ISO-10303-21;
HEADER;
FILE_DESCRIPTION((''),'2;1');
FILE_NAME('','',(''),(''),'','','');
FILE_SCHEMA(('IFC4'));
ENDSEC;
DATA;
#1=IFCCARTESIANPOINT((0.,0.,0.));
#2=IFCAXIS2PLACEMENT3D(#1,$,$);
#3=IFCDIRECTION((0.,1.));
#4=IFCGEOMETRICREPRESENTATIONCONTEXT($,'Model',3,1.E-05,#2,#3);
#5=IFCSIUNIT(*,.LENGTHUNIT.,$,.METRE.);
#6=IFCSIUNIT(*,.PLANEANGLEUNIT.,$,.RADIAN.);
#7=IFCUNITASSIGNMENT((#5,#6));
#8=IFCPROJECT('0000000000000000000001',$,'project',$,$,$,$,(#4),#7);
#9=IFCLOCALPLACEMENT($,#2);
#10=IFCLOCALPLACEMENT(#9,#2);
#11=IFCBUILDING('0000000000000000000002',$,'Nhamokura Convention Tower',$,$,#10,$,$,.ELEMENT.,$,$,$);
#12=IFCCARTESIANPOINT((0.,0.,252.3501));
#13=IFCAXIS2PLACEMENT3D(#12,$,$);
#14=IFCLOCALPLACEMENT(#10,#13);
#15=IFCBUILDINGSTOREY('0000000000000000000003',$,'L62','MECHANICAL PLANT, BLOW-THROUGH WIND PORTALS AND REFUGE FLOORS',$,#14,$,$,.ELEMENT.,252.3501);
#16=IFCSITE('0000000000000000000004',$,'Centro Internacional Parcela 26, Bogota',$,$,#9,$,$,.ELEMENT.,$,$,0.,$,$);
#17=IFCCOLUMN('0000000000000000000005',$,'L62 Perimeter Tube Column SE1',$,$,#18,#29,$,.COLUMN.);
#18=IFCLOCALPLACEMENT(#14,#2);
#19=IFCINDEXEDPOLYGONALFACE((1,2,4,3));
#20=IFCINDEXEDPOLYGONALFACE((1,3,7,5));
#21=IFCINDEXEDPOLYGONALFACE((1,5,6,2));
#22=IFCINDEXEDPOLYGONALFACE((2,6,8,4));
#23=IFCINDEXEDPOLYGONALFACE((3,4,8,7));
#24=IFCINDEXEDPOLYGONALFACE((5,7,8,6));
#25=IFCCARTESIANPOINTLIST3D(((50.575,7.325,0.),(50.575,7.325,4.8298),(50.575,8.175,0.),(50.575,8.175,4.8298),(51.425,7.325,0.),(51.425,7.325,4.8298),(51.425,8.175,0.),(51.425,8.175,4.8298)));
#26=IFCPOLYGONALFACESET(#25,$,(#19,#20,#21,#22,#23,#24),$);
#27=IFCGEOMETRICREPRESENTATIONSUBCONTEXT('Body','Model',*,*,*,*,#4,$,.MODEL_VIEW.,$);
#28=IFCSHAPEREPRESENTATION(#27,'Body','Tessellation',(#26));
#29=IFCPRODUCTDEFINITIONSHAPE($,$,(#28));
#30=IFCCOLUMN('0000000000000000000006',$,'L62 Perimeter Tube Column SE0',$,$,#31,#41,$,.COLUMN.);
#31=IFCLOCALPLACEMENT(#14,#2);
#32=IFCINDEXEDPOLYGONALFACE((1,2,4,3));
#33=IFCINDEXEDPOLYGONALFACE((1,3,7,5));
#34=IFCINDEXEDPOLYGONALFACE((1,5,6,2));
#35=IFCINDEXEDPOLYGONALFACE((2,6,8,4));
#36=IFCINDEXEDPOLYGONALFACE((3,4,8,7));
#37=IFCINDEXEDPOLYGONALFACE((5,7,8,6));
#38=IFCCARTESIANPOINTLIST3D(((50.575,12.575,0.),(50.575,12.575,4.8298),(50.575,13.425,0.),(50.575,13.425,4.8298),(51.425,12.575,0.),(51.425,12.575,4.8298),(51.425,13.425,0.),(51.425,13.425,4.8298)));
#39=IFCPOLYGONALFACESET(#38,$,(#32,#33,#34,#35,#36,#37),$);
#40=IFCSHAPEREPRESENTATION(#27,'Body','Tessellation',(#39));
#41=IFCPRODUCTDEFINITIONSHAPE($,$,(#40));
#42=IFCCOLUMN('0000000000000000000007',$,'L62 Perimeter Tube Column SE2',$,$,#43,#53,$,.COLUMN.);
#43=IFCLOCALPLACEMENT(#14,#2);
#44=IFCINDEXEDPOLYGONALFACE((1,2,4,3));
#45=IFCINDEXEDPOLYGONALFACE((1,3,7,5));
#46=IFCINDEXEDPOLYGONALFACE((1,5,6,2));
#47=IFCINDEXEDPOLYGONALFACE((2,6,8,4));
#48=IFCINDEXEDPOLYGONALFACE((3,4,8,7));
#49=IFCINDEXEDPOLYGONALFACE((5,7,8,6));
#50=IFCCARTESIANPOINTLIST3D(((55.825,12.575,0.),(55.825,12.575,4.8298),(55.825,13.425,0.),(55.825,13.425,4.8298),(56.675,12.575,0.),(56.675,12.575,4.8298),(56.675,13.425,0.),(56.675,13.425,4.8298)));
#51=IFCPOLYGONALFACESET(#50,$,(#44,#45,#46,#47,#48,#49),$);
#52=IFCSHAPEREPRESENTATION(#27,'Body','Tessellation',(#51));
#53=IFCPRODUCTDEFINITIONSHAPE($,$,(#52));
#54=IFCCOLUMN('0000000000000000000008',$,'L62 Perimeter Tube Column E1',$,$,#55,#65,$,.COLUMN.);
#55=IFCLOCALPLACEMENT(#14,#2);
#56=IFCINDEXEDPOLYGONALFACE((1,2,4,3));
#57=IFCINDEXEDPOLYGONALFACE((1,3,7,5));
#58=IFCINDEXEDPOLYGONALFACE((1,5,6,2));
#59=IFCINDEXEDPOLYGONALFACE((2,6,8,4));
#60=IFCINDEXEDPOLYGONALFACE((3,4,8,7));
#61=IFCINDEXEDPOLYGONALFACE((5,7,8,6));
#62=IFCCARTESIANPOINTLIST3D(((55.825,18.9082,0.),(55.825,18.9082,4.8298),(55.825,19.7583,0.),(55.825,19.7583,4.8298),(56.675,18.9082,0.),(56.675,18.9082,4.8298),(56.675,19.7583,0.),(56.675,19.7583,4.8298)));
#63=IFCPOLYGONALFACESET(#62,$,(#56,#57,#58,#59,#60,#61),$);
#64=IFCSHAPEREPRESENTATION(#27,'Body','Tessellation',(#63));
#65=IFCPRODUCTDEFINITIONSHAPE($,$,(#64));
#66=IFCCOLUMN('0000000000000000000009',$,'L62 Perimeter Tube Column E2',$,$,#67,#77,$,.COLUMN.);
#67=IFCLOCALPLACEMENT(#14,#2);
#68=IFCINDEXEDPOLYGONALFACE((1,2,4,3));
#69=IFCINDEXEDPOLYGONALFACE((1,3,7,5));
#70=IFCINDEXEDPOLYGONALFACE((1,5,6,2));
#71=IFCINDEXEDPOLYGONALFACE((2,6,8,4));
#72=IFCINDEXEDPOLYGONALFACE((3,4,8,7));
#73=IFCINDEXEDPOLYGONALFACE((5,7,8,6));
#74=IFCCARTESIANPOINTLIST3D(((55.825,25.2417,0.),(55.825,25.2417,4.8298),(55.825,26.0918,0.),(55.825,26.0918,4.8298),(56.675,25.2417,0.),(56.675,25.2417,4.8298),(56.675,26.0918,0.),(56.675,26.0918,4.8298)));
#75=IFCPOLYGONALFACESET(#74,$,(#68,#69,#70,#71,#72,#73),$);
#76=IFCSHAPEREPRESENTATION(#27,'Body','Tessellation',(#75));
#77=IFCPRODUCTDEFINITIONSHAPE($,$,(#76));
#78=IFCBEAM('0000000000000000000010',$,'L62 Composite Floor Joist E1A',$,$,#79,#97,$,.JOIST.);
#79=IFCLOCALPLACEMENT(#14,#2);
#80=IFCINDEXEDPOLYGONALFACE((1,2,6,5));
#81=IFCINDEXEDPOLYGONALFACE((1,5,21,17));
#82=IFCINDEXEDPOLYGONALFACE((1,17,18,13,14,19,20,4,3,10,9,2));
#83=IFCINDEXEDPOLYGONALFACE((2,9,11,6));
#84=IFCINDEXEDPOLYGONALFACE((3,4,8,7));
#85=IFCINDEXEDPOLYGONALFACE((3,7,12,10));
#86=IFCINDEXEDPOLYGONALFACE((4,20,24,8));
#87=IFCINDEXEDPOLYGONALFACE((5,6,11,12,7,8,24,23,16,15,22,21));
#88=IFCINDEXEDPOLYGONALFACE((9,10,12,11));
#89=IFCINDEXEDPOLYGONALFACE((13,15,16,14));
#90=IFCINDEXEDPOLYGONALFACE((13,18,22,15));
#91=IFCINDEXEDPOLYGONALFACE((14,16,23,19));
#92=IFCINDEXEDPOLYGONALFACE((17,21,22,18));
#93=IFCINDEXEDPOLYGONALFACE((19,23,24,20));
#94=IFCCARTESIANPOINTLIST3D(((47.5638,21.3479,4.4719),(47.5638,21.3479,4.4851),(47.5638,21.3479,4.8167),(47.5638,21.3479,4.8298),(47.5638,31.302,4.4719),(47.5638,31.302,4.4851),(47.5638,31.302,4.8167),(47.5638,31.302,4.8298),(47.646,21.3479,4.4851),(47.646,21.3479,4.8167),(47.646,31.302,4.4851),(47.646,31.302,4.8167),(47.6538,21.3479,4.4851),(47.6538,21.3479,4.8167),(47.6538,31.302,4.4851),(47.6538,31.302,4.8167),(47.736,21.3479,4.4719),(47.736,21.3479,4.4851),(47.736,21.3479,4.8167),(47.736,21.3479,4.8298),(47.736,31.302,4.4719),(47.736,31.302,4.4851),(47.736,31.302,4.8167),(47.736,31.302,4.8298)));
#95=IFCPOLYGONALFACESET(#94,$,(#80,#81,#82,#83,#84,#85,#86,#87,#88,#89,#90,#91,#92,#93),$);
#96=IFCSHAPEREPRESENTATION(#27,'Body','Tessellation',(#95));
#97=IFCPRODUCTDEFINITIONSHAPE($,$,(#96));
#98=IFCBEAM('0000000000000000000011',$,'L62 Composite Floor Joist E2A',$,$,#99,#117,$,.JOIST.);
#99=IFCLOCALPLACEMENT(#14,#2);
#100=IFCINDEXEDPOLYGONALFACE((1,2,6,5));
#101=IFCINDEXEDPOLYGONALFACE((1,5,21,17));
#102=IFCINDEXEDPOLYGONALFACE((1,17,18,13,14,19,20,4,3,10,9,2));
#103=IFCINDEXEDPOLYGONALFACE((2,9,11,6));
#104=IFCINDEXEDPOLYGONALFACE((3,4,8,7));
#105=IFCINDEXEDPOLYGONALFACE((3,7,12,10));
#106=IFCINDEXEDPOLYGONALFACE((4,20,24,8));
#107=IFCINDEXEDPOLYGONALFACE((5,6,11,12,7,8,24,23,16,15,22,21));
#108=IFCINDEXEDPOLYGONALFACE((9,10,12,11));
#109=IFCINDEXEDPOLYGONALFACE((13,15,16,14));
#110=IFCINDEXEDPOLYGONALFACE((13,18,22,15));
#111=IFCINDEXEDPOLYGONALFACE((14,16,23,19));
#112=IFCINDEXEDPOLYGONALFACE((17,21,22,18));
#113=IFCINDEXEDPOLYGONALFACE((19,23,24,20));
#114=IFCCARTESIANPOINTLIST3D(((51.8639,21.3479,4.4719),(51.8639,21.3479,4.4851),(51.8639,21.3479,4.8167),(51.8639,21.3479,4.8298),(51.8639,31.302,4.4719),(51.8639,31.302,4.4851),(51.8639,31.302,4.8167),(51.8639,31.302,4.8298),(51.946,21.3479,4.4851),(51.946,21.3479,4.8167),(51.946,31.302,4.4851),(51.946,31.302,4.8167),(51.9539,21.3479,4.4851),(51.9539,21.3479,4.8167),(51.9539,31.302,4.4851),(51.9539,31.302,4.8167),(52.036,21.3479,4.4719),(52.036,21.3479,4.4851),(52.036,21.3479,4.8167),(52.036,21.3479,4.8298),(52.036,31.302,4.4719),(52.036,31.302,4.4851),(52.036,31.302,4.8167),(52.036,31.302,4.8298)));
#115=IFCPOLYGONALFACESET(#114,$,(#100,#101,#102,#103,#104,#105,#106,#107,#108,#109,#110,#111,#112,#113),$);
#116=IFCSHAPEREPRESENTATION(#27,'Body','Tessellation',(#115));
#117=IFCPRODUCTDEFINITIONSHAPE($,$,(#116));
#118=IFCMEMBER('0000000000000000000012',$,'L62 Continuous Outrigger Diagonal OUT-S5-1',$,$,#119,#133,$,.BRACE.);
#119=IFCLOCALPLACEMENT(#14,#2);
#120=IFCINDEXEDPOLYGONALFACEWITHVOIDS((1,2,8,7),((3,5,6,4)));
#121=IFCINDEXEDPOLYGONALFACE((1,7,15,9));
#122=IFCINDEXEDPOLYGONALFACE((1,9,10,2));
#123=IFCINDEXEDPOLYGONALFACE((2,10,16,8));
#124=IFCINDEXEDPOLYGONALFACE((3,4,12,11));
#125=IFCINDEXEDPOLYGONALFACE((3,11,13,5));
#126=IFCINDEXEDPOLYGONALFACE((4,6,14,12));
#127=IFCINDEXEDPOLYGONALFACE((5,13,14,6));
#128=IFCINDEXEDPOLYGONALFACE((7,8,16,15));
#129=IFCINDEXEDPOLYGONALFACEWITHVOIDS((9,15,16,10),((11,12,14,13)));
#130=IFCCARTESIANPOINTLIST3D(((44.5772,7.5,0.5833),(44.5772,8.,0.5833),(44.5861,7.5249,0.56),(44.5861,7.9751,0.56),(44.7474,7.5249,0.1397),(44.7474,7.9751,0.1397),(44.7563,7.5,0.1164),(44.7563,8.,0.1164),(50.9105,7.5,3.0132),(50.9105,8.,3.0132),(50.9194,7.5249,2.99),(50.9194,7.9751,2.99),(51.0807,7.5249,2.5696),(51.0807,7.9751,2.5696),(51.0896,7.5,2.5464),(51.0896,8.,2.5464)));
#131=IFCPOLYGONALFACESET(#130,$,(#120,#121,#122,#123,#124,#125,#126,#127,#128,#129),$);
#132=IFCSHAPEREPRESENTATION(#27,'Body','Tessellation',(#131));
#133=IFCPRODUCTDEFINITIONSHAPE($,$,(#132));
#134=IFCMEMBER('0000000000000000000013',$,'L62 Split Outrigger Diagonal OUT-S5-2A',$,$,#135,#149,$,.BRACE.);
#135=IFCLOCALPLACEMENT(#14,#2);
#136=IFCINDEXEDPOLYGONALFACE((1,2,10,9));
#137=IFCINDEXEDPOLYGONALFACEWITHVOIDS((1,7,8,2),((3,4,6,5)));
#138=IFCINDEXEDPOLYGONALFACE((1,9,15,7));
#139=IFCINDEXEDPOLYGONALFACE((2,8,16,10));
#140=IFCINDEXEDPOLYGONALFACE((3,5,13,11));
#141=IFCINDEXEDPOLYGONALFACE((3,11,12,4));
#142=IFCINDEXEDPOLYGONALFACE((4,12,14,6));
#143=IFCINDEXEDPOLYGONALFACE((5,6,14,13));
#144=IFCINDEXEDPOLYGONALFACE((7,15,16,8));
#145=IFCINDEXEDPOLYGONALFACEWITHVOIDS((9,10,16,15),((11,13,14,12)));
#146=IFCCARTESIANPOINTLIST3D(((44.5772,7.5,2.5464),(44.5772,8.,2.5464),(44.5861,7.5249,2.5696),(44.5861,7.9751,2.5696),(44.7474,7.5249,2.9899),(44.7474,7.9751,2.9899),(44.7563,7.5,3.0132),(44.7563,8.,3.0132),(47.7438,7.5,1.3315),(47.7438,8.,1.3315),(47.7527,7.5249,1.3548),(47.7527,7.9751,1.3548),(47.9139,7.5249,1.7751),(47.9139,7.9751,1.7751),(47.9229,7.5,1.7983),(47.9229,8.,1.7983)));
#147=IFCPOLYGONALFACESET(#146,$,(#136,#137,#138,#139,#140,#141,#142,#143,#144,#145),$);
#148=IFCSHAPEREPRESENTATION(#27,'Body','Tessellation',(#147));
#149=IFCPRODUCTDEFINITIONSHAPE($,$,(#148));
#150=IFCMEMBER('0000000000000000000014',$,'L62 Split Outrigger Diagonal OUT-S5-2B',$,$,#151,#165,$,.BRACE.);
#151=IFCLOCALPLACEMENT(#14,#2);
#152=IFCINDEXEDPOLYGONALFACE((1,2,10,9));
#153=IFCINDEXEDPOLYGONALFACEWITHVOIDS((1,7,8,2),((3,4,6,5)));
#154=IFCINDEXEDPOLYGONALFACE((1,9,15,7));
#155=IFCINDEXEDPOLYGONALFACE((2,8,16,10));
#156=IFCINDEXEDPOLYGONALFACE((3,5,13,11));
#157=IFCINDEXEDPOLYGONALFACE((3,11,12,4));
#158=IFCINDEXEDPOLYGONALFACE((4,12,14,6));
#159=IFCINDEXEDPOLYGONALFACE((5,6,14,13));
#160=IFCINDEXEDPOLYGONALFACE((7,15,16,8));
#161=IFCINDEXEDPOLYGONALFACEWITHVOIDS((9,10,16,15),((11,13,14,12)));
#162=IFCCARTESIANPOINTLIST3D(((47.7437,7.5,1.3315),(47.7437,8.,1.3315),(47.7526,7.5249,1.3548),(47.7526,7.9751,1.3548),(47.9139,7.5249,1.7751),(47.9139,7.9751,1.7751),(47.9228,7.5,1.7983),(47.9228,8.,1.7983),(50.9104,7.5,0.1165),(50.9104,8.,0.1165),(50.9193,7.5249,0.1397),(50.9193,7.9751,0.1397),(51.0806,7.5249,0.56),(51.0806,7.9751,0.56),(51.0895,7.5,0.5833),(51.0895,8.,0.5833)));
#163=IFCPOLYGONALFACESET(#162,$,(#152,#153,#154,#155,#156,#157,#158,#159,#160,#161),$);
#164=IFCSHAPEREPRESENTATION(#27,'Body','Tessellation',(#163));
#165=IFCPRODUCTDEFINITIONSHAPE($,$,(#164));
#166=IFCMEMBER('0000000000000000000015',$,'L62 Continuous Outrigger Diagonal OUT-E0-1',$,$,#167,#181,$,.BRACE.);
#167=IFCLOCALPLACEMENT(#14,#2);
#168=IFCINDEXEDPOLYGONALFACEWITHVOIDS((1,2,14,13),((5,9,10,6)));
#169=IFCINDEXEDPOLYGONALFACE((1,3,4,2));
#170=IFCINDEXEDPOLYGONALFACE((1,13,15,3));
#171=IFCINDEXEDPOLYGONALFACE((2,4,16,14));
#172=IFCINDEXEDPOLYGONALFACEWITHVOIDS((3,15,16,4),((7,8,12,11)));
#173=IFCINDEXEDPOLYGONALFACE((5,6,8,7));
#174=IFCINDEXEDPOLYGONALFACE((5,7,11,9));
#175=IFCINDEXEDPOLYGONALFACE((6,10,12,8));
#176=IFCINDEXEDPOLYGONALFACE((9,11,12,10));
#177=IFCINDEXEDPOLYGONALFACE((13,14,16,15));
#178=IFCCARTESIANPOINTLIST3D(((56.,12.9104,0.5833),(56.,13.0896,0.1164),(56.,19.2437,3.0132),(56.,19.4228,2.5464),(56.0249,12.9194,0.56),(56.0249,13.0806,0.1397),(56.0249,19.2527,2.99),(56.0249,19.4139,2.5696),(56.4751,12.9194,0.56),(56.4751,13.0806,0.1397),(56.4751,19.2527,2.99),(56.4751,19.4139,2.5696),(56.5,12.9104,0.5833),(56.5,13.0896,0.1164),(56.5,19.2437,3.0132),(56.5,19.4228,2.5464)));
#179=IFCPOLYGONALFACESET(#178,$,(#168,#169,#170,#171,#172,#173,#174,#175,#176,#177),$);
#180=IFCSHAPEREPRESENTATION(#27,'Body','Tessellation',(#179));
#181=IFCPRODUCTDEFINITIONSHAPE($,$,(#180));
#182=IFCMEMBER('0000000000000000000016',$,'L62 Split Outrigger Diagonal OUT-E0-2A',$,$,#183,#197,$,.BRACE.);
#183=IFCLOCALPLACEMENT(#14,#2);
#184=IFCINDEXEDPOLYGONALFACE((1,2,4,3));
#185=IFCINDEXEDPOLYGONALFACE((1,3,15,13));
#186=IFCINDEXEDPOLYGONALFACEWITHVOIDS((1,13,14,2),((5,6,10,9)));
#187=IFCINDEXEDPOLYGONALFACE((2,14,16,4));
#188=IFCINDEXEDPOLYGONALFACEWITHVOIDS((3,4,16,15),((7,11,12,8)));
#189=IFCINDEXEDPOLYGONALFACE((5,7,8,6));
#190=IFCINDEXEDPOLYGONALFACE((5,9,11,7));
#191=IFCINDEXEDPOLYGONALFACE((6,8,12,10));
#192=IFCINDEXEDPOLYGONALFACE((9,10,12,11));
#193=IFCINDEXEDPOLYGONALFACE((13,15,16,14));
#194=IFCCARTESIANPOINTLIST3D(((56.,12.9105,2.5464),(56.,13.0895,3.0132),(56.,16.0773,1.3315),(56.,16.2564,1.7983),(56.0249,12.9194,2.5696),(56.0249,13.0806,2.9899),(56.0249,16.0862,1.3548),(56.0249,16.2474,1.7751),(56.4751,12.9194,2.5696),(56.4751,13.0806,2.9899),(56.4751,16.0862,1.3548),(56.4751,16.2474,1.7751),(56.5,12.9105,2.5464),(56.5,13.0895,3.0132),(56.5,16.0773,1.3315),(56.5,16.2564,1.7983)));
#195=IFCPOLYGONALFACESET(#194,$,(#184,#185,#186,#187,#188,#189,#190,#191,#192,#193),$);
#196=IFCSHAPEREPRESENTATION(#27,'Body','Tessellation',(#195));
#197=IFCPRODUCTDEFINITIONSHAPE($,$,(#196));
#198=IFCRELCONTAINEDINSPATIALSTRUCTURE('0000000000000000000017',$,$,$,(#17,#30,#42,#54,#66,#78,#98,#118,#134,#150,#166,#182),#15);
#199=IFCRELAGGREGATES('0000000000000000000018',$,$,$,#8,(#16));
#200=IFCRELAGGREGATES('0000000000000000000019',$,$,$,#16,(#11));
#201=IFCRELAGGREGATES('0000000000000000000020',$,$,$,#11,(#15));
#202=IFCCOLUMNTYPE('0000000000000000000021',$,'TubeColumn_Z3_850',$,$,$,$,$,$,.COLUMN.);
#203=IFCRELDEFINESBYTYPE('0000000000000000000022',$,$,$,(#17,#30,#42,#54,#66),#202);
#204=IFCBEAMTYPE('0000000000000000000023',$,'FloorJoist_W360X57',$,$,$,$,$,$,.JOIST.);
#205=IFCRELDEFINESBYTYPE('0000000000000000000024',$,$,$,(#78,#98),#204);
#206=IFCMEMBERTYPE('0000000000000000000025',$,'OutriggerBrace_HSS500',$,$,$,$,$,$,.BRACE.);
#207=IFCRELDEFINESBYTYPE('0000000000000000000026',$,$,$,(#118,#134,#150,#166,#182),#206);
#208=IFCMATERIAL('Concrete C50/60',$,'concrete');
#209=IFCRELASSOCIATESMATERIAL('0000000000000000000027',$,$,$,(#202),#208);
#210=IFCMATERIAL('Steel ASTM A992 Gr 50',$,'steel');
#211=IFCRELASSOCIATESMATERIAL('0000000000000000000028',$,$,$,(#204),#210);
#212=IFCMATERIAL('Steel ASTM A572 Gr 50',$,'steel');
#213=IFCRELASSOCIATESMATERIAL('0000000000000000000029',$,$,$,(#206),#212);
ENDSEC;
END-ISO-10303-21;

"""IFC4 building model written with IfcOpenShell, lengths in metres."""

from ifc_helpers import new_model, si_unit, direction, frame, origin, origin_2d, place, context, subcontext, project, spatial, rectangle, hollow_rectangle, i_section, extrude, material, material_profile, profile_set, type_object, element, save


model = new_model("IFC4")

# Units and contexts
model_context = context("Model", 3, precision=1e-05, world=origin(), true_north=direction((0.0, 1.0)))
body_context = subcontext(model_context, "Body", "Model", "MODEL_VIEW")
ifc_project = project(units=[si_unit("LENGTHUNIT", "METRE"), si_unit("PLANEANGLEUNIT", "RADIAN")], contexts=[model_context])

# Site, building, storey
site_placement = place(None, origin())
site = spatial("IfcSite", under=ifc_project, at=site_placement, Name="Centro Internacional Parcela 26, Bogota", CompositionType="ELEMENT", RefElevation=0.0)
building_placement = place(site_placement, origin())
building = spatial("IfcBuilding", under=site, at=building_placement, Name="Nhamokura Convention Tower", CompositionType="ELEMENT")
storey_placement = place(building_placement, frame((0.0, 0.0, 252.3501)))
storey = spatial("IfcBuildingStorey", under=building, at=storey_placement, Name="L62", Description="MECHANICAL PLANT, BLOW-THROUGH WIND PORTALS AND REFUGE FLOORS", CompositionType="ELEMENT", Elevation=252.3501)

# Columns
ifc_material_1 = material(Name="Concrete C50/60", Category="concrete")
ifc_material_profile_1 = material_profile(ifc_material_1, rectangle(XDim=0.8501, YDim=0.8501, at=origin_2d()))
ifc_profile_set_1 = profile_set([ifc_material_profile_1], Name="Concrete C50/60")
column_type = type_object("IfcColumnType", Name="TubeColumn_Z3_850", PredefinedType="COLUMN", material=ifc_profile_set_1)
for number, where, z_axis, x_axis, name in (
    (1, (51.0, 7.75, 0.0), (0.0, 0.0, 1.0), (1.0, 0.0, 0.0), "L62 Perimeter Tube Column SE1"),
    (2, (51.0, 13.0, 0.0), (0.0, 0.0, 1.0), (1.0, 0.0, 0.0), "L62 Perimeter Tube Column SE0"),
    (3, (56.25, 13.0, 0.0), (0.0, 0.0, 1.0), (1.0, 0.0, 0.0), "L62 Perimeter Tube Column SE2"),
    (4, (56.25, 19.3333, 0.0), (0.0, 0.0, 1.0), (1.0, 0.0, 0.0), "L62 Perimeter Tube Column E1"),
    (5, (56.25, 25.6667, 0.0), (0.0, 0.0, 1.0), (1.0, 0.0, 0.0), "L62 Perimeter Tube Column E2"),
):
    element("IfcColumn", number, at=place(storey_placement, frame(where, z_axis=z_axis, x_axis=x_axis)), inside=storey, type_object=column_type, Name=name, PredefinedType="COLUMN", context=body_context, shape_type="SweptSolid", body=[
        extrude(rectangle(XDim=0.8501, YDim=0.8501, at=origin_2d()), origin(), (0.0, 0.0, 1.0), 4.8298),
    ])

# Beams
ifc_material_2 = material(Name="Steel ASTM A992 Gr 50", Category="steel")
ifc_material_profile_2 = material_profile(ifc_material_2, i_section(OverallWidth=0.1721, OverallDepth=0.3579, WebThickness=0.0078, FlangeThickness=0.0132, at=origin_2d()))
ifc_profile_set_2 = profile_set([ifc_material_profile_2], Name="Steel ASTM A992 Gr 50")
beam_type_1 = type_object("IfcBeamType", Name="FloorJoist_W360X57", PredefinedType="JOIST", material=ifc_profile_set_2)
for number, where, z_axis, x_axis, name in (
    (6, (47.6499, 21.3479, 4.6509), (0.0, 1.0, 0.0), (-1.0, 0.0, 0.0), "L62 Composite Floor Joist E1A"),
    (7, (51.95, 21.3479, 4.6509), (0.0, 1.0, 0.0), (-1.0, 0.0, 0.0), "L62 Composite Floor Joist E2A"),
):
    element("IfcBeam", number, at=place(storey_placement, frame(where, z_axis=z_axis, x_axis=x_axis)), inside=storey, type_object=beam_type_1, Name=name, PredefinedType="JOIST", context=body_context, shape_type="SweptSolid", body=[
        extrude(i_section(OverallWidth=0.1721, OverallDepth=0.3579, WebThickness=0.0078, FlangeThickness=0.0132, at=origin_2d()), origin(), (0.0, 0.0, 1.0), 9.9541),
    ])

# Members
ifc_material_3 = material(Name="Steel ASTM A572 Gr 50", Category="steel")
ifc_material_profile_3 = material_profile(ifc_material_3, hollow_rectangle(XDim=0.5, YDim=0.5, WallThickness=0.0249, at=origin_2d()))
ifc_profile_set_3 = profile_set([ifc_material_profile_3], Name="Steel ASTM A572 Gr 50")
member_type = type_object("IfcMemberType", Name="OutriggerBrace_HSS500", PredefinedType="BRACE", material=ifc_profile_set_3)
member_1_placement = place(storey_placement, frame((44.6667, 7.75, 0.3499), z_axis=(0.933638, 0.0, 0.358217), x_axis=(0.0, 1.0, 0.0)))
element("IfcMember", 8, at=member_1_placement, inside=storey, type_object=member_type, Name="L62 Continuous Outrigger Diagonal OUT-S5-1", PredefinedType="BRACE", context=body_context, shape_type="SweptSolid", body=[
    extrude(hollow_rectangle(XDim=0.5, YDim=0.5, WallThickness=0.0249, at=origin_2d()), origin(), (0.0, 0.0, 1.0), 6.7834),
])
member_2_placement = place(storey_placement, frame((44.6667, 7.75, 2.7798), z_axis=(0.933646, 0.0, -0.358198), x_axis=(0.0, 1.0, 0.0)))
element("IfcMember", 9, at=member_2_placement, inside=storey, type_object=member_type, Name="L62 Split Outrigger Diagonal OUT-S5-2A", PredefinedType="BRACE", context=body_context, shape_type="SweptSolid", body=[
    extrude(hollow_rectangle(XDim=0.5, YDim=0.5, WallThickness=0.0249, at=origin_2d()), origin(), (0.0, 0.0, 1.0), 3.3916),
])
member_3_placement = place(storey_placement, frame((47.8333, 7.75, 1.5649), z_axis=(0.933631, 0.0, -0.358236), x_axis=(0.0, 1.0, 0.0)))
element("IfcMember", 10, at=member_3_placement, inside=storey, type_object=member_type, Name="L62 Split Outrigger Diagonal OUT-S5-2B", PredefinedType="BRACE", context=body_context, shape_type="SweptSolid", body=[
    extrude(hollow_rectangle(XDim=0.5, YDim=0.5, WallThickness=0.0249, at=origin_2d()), origin(), (0.0, 0.0, 1.0), 3.3918),
])
member_4_placement = place(storey_placement, frame((56.25, 13.0, 0.3499), z_axis=(0.0, 0.933638, 0.358217), x_axis=(-1.0, 0.0, 0.0)))
element("IfcMember", 11, at=member_4_placement, inside=storey, type_object=member_type, Name="L62 Continuous Outrigger Diagonal OUT-E0-1", PredefinedType="BRACE", context=body_context, shape_type="SweptSolid", body=[
    extrude(hollow_rectangle(XDim=0.5, YDim=0.5, WallThickness=0.0249, at=origin_2d()), origin(), (0.0, 0.0, 1.0), 6.7834),
])
member_5_placement = place(storey_placement, frame((56.25, 13.0, 2.7798), z_axis=(0.0, 0.933655, -0.358173), x_axis=(-1.0, 0.0, 0.0)))
element("IfcMember", 12, at=member_5_placement, inside=storey, type_object=member_type, Name="L62 Split Outrigger Diagonal OUT-E0-2A", PredefinedType="BRACE", context=body_context, shape_type="SweptSolid", body=[
    extrude(hollow_rectangle(XDim=0.5, YDim=0.5, WallThickness=0.0249, at=origin_2d()), origin(), (0.0, 0.0, 1.0), 3.3918),
])

save(model, "model.ifc")
